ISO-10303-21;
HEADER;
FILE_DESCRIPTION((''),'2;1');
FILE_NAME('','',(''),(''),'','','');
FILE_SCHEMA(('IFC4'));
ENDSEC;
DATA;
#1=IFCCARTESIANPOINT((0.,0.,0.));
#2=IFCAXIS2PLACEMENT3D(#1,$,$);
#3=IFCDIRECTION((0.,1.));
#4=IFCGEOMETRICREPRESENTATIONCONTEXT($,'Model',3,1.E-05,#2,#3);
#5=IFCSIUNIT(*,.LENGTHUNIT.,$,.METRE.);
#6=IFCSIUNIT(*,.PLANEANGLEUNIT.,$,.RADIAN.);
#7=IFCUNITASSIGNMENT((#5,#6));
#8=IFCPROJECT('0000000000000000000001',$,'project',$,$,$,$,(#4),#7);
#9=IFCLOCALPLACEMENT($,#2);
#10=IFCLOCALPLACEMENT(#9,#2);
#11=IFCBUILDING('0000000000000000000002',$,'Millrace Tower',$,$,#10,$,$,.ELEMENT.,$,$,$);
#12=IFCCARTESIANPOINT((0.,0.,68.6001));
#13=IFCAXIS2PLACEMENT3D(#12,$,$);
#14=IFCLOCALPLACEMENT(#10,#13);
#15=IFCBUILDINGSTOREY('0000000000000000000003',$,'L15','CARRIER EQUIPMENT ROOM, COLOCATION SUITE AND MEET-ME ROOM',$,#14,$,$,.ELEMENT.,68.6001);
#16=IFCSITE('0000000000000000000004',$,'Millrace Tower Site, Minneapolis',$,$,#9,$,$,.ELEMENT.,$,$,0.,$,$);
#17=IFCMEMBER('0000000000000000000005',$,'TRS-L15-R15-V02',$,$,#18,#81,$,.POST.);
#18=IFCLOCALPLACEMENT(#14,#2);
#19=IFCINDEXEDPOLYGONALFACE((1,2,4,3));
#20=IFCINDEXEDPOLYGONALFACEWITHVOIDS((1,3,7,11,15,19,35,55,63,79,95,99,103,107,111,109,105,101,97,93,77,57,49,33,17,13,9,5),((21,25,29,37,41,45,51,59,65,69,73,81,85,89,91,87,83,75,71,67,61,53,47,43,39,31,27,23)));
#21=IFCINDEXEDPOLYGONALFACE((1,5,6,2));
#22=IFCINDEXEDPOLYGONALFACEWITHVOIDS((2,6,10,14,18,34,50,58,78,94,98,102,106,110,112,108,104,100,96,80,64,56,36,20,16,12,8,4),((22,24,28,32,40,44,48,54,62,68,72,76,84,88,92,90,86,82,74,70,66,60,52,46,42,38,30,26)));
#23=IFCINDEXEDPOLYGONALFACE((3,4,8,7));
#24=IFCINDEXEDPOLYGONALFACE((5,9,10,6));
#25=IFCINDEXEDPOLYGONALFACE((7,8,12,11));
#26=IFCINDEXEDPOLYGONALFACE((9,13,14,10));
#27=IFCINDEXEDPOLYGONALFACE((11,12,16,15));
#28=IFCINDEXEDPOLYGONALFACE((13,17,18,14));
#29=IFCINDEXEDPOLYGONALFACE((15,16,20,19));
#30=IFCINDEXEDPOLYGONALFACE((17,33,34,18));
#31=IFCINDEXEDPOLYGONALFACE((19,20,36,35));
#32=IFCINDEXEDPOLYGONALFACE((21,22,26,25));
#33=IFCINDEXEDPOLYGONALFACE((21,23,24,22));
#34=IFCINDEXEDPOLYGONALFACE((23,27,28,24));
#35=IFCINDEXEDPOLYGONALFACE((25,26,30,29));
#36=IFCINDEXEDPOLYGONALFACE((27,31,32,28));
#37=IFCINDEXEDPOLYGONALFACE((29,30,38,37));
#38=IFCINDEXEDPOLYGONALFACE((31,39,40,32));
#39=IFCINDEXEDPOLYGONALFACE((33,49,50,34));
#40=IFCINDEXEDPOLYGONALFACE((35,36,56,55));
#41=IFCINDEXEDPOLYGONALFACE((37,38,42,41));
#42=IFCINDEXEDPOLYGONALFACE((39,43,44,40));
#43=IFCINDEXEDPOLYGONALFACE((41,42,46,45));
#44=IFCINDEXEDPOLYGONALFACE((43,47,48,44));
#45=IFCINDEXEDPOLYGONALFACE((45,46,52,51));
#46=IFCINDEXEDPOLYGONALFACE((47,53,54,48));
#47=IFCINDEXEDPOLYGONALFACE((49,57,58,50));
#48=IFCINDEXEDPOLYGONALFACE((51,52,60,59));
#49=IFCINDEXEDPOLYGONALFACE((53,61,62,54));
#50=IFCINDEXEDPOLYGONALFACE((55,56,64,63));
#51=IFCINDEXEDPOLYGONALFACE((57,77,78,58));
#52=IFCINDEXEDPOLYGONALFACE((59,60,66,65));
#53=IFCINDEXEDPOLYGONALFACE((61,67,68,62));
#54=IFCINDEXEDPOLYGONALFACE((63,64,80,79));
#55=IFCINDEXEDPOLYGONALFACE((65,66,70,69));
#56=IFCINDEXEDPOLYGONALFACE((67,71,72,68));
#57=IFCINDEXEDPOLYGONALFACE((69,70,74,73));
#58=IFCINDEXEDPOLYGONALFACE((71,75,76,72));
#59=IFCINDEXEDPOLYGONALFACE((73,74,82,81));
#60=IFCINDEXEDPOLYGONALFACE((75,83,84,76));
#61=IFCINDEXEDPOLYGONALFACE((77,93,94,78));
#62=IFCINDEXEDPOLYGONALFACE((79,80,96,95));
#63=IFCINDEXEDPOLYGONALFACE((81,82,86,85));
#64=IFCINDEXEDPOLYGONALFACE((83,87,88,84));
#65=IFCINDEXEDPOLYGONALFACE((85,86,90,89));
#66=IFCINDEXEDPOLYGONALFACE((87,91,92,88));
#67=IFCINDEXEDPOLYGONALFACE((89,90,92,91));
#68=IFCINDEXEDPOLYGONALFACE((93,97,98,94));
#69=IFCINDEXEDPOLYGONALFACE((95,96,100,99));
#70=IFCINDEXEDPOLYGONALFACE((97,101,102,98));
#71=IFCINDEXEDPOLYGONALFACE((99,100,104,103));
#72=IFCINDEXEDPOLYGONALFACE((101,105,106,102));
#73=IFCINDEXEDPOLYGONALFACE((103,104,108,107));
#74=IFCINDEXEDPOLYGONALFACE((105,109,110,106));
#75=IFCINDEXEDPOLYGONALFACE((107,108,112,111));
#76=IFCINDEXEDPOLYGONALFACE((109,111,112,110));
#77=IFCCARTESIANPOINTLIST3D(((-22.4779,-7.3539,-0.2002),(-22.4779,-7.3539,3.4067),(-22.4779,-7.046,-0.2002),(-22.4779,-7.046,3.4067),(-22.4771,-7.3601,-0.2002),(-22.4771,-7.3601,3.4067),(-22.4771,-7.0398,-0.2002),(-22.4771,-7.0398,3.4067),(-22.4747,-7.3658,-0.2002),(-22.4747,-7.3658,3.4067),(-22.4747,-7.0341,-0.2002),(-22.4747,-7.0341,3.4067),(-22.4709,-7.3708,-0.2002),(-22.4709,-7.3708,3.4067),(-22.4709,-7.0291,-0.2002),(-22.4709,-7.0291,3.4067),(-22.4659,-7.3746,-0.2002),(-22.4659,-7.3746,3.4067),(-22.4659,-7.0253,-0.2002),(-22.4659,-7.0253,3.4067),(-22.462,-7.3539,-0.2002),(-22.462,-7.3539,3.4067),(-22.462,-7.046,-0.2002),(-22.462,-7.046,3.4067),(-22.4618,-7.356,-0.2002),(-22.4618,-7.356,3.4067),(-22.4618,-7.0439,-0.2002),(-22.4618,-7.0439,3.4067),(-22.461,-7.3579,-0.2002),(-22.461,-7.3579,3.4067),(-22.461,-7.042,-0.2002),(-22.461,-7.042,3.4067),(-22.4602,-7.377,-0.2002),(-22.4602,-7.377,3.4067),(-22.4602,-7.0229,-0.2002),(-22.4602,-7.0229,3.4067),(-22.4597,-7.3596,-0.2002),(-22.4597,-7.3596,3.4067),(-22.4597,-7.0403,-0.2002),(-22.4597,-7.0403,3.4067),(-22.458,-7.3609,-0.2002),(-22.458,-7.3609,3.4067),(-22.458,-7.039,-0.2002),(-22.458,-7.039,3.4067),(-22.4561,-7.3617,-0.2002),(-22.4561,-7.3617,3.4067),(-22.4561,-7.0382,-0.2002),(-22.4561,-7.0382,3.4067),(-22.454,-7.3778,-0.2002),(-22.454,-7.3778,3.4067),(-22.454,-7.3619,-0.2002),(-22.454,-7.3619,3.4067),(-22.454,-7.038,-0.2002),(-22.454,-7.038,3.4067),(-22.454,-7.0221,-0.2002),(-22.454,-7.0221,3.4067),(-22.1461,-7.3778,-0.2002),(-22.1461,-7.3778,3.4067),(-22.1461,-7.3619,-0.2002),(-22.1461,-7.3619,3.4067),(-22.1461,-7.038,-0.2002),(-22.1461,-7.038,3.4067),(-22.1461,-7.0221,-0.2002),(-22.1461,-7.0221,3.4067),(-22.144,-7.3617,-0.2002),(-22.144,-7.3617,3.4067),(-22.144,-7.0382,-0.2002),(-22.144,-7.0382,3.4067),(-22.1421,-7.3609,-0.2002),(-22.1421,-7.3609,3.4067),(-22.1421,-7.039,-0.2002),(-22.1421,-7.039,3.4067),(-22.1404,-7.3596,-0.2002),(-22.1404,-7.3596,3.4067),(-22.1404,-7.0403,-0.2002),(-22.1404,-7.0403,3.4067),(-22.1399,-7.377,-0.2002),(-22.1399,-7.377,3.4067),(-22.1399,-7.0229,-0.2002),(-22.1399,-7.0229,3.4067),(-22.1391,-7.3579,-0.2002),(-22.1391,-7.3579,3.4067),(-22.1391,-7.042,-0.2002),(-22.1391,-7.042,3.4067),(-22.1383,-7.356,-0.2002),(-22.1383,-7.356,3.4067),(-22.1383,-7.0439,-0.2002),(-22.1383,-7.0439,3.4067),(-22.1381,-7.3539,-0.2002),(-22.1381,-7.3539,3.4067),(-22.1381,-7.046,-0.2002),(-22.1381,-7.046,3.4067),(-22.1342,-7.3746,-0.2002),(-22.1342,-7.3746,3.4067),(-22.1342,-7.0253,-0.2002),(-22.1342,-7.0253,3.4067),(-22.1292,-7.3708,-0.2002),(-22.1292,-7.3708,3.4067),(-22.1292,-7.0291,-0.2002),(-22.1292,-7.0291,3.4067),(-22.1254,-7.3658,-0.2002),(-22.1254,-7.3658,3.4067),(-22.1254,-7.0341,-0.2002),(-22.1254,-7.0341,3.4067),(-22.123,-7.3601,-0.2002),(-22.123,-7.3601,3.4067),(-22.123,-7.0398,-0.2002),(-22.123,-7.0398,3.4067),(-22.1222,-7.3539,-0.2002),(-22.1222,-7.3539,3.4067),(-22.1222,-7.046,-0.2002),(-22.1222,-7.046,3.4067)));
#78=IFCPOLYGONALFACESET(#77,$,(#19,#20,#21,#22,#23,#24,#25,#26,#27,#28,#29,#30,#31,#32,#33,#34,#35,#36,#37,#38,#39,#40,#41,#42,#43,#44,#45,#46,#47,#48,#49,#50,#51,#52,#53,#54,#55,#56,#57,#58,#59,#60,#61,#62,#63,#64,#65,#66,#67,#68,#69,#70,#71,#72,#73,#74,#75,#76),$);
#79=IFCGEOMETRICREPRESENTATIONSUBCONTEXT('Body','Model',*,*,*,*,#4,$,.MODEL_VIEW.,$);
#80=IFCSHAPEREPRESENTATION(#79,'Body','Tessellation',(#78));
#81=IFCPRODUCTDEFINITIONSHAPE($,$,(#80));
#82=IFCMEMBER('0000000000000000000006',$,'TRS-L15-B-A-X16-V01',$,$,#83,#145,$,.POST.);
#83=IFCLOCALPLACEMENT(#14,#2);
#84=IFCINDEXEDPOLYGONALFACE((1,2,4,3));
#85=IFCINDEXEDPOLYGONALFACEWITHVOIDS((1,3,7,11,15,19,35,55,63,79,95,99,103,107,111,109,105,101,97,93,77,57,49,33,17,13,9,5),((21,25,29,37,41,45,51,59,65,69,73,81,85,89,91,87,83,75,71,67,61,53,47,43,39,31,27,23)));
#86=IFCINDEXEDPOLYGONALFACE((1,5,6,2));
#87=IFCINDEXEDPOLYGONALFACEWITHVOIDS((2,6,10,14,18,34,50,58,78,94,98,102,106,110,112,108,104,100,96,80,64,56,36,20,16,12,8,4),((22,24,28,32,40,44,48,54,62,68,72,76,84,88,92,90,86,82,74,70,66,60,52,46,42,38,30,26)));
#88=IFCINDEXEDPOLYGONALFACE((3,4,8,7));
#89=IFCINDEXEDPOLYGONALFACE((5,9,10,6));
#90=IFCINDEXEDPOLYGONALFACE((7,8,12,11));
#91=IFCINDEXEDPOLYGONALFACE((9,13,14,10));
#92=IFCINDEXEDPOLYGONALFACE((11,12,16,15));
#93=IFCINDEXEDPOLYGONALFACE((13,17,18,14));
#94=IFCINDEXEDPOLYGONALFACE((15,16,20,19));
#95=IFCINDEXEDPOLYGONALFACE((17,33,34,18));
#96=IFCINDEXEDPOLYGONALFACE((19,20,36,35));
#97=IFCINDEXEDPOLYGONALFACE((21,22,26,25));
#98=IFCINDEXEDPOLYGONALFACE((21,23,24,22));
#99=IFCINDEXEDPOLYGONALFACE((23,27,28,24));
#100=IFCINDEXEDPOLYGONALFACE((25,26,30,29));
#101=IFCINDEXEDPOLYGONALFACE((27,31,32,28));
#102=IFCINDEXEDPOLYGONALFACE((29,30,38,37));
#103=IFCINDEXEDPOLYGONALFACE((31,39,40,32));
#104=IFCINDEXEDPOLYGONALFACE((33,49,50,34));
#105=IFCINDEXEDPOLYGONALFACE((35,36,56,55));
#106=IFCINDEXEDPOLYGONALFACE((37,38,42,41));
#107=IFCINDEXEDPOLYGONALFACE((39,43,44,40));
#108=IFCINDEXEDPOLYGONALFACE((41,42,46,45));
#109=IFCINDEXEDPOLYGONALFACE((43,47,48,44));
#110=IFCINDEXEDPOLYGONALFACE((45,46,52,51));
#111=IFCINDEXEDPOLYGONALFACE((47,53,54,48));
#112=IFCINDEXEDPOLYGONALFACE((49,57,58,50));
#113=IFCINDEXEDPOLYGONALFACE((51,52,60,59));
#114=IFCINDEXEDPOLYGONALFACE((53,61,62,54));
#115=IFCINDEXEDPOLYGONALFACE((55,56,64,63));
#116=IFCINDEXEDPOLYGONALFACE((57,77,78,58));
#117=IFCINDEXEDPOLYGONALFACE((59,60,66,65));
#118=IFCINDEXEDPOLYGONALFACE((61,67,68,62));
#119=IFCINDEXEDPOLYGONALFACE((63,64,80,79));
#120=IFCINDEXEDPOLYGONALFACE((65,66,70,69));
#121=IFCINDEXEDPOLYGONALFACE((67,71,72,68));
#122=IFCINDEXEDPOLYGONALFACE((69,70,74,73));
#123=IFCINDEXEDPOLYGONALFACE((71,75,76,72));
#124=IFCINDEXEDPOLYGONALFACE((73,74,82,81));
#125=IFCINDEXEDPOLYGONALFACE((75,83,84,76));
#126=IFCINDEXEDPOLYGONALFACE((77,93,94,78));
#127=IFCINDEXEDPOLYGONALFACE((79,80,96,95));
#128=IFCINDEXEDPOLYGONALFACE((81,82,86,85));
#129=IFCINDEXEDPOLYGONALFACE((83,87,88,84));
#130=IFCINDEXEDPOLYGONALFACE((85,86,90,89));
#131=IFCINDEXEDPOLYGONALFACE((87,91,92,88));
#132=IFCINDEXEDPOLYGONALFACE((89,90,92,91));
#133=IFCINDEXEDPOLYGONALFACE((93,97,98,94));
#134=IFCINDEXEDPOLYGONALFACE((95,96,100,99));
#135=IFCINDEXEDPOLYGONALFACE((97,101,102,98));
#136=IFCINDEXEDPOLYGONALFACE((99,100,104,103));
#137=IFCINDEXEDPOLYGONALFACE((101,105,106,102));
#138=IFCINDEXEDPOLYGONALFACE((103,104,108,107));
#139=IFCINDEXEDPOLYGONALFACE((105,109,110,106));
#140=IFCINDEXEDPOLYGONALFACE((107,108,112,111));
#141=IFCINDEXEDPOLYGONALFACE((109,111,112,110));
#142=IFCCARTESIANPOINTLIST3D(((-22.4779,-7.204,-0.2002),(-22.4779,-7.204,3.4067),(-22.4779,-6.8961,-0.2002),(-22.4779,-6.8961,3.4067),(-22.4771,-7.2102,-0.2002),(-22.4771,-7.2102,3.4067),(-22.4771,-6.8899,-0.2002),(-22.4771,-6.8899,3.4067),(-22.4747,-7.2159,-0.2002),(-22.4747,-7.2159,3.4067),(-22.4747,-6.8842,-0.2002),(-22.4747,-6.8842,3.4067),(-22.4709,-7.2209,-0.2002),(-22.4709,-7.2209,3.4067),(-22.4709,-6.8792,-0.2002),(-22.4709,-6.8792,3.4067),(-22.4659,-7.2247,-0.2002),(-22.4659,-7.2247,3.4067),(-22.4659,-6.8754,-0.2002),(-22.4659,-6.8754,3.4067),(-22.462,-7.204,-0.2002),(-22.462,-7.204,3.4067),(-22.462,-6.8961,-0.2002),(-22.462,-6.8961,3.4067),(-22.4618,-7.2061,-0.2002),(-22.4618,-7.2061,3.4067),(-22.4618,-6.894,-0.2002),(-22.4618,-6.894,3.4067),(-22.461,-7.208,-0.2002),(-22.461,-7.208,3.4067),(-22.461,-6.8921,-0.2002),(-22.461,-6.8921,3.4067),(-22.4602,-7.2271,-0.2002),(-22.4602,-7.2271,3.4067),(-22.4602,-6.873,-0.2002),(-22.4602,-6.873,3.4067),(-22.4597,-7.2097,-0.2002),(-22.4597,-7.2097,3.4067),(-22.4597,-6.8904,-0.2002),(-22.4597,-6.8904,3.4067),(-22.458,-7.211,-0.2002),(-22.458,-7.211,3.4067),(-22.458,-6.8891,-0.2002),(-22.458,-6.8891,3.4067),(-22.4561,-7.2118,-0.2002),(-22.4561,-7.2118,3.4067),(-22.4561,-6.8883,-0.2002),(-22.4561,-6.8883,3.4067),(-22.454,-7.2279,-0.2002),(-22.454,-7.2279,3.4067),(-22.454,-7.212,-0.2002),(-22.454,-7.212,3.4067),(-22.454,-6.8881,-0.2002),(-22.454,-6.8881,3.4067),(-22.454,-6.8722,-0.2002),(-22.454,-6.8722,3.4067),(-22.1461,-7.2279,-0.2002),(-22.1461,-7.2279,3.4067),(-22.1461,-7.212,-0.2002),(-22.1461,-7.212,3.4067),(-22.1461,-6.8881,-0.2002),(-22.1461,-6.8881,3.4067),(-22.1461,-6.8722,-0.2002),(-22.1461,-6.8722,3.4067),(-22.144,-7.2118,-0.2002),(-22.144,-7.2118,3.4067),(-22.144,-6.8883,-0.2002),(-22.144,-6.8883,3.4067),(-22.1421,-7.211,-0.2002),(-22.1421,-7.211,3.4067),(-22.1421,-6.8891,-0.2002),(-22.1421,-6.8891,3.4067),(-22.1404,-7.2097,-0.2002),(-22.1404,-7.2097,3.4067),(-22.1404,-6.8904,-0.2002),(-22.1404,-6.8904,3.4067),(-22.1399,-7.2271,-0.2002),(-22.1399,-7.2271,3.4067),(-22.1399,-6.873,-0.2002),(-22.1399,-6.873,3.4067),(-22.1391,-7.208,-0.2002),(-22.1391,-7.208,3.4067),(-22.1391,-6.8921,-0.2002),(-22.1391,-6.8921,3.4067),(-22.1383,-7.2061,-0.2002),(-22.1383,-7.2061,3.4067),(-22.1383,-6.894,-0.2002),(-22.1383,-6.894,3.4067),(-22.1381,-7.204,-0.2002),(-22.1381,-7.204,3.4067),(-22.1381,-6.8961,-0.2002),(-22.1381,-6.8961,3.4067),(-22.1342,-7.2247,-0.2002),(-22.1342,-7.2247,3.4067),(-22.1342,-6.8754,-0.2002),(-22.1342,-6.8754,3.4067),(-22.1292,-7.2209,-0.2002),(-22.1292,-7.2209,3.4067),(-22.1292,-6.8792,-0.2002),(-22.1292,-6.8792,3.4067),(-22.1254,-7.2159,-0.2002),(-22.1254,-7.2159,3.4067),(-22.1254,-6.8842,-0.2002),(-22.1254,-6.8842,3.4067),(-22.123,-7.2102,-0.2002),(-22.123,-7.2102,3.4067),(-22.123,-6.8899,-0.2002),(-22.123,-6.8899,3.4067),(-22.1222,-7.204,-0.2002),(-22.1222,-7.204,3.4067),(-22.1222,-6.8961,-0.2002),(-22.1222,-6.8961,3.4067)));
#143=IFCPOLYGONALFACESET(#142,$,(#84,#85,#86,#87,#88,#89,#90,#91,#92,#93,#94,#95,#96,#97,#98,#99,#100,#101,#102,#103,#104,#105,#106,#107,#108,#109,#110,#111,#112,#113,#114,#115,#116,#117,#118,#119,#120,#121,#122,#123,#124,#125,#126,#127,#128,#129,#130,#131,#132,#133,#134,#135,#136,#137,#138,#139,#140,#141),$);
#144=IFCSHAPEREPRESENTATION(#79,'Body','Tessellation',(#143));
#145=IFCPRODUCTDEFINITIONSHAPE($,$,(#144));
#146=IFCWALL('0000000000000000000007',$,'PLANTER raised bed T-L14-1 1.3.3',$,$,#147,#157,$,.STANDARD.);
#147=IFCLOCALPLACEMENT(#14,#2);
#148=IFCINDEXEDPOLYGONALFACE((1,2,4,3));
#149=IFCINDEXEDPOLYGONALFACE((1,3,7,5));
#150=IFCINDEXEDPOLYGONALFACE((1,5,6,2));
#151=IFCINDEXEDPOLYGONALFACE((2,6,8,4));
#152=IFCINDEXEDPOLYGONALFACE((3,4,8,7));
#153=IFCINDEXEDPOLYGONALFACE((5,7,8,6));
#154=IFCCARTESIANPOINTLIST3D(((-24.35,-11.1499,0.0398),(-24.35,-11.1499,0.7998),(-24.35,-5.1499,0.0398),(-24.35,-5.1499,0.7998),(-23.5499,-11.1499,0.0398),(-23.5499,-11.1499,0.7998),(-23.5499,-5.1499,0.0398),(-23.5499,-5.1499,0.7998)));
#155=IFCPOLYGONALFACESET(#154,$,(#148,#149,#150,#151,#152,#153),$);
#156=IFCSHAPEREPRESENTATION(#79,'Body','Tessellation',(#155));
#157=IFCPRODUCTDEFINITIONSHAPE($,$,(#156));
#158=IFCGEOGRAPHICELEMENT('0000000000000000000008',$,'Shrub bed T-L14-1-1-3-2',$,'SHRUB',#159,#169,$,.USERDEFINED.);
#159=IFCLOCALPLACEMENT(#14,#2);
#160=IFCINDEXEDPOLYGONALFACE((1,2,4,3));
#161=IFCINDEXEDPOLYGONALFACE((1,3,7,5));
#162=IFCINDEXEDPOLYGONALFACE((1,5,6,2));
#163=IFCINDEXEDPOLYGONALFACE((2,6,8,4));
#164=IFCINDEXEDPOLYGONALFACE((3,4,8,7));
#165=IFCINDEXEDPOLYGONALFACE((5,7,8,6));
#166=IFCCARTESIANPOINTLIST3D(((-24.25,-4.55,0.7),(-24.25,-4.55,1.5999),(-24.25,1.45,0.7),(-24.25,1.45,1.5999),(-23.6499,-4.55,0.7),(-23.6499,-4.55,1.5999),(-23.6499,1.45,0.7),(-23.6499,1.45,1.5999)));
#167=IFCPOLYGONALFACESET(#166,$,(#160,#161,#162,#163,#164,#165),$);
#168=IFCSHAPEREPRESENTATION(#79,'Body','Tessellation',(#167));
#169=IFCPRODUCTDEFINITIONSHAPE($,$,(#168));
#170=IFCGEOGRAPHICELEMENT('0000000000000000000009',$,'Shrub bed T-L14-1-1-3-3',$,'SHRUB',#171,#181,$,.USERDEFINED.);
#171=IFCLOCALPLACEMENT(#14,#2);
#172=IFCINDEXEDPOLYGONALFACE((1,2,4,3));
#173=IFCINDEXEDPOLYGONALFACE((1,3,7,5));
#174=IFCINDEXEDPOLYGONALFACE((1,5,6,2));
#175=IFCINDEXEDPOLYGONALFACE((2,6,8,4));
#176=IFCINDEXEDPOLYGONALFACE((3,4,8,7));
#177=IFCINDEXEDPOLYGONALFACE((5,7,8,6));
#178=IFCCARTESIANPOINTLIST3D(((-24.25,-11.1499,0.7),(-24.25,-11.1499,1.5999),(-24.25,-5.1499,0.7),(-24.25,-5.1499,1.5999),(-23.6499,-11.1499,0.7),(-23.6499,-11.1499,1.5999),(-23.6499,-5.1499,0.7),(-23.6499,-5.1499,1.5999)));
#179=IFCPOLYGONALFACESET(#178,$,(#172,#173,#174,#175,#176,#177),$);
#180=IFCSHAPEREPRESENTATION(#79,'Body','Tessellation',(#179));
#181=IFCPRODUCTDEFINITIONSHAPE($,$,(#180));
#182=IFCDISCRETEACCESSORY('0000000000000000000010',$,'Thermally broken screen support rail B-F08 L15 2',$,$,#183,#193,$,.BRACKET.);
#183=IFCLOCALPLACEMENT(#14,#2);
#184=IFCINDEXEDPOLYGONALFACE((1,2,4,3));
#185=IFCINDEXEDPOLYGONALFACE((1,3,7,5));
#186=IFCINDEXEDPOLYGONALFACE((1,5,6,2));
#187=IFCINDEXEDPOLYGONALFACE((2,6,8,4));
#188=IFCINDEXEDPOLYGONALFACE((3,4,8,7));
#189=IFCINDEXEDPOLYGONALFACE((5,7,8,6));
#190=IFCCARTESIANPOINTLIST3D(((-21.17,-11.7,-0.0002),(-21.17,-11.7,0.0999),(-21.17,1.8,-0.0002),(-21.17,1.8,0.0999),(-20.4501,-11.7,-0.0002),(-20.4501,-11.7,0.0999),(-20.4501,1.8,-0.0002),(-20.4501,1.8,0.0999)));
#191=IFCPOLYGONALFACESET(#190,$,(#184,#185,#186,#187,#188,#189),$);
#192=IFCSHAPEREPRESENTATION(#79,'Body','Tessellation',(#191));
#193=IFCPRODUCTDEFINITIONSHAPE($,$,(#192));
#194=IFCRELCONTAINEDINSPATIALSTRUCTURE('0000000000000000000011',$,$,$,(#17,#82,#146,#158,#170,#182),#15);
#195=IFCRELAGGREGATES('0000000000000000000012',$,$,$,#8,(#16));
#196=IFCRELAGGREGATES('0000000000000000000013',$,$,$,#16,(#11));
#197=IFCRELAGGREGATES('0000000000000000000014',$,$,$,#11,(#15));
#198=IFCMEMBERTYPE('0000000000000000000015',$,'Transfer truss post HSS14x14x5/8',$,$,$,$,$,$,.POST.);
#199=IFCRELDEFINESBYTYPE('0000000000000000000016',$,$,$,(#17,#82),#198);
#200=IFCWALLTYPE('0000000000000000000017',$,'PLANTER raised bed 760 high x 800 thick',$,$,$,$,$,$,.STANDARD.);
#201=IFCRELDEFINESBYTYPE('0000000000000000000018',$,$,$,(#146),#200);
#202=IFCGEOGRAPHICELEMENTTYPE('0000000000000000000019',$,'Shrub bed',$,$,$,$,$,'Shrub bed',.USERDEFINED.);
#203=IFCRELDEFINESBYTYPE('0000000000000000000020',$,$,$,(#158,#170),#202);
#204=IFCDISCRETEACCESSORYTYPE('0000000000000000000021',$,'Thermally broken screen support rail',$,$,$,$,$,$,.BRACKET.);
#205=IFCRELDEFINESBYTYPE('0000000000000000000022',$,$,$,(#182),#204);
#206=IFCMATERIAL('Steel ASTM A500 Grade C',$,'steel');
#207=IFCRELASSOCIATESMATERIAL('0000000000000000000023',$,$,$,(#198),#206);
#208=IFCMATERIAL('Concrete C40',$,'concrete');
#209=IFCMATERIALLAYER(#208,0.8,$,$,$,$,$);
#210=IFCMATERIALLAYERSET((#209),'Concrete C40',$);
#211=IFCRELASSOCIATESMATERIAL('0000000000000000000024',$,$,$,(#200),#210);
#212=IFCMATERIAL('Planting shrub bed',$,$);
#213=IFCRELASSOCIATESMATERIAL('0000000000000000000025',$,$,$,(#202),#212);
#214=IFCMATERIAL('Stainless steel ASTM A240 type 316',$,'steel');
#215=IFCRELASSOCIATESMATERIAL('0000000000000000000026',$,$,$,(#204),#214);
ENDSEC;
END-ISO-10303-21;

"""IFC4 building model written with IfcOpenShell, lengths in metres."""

from ifc_helpers import new_model, si_unit, direction, frame, frame_2d, origin, origin_2d, place, context, subcontext, project, spatial, rectangle, hollow_rectangle, extrude, material, layer, layer_set, material_profile, profile_set, type_object, element, save


model = new_model("IFC4")

# Units and contexts
model_context = context("Model", 3, precision=1e-05, world=origin(), true_north=direction((0.0, 1.0)))
body_context = subcontext(model_context, "Body", "Model", "MODEL_VIEW")
ifc_project = project(units=[si_unit("LENGTHUNIT", "METRE"), si_unit("PLANEANGLEUNIT", "RADIAN")], contexts=[model_context])

# Site, building, storey
site_placement = place(None, origin())
site = spatial("IfcSite", under=ifc_project, at=site_placement, Name="Millrace Tower Site, Minneapolis", CompositionType="ELEMENT", RefElevation=0.0)
building_placement = place(site_placement, origin())
building = spatial("IfcBuilding", under=site, at=building_placement, Name="Millrace Tower", CompositionType="ELEMENT")
storey_placement = place(building_placement, frame((0.0, 0.0, 68.6001)))
storey = spatial("IfcBuildingStorey", under=building, at=storey_placement, Name="L15", Description="CARRIER EQUIPMENT ROOM, COLOCATION SUITE AND MEET-ME ROOM", CompositionType="ELEMENT", Elevation=68.6001)

# Members
ifc_material_1 = material(Name="Steel ASTM A500 Grade C", Category="steel")
ifc_material_profile_1 = material_profile(ifc_material_1, hollow_rectangle(XDim=0.3557, YDim=0.3557, WallThickness=0.0159, InnerFilletRadius=0.0081, OuterFilletRadius=0.0239, at=origin_2d()))
ifc_profile_set_1 = profile_set([ifc_material_profile_1], Name="Steel ASTM A500 Grade C")
member_type_1 = type_object("IfcMemberType", Name="Transfer truss post HSS14x14x5/8", PredefinedType="POST", material=ifc_profile_set_1)
for number, where, z_axis, x_axis, name in (
    (1, (-22.3, -7.2, -0.2002), (0.0, 0.0, 1.0), (1.0, 0.0, 0.0), "TRS-L15-R15-V02"),
    (2, (-22.3, -7.05, -0.2002), (0.0, 0.0, 1.0), (1.0, 0.0, 0.0), "TRS-L15-B-A-X16-V01"),
):
    element("IfcMember", number, at=place(storey_placement, frame(where, z_axis=z_axis, x_axis=x_axis)), inside=storey, type_object=member_type_1, Name=name, PredefinedType="POST", context=body_context, shape_type="SweptSolid", body=[
        extrude(hollow_rectangle(XDim=0.3557, YDim=0.3557, WallThickness=0.0159, InnerFilletRadius=0.0081, OuterFilletRadius=0.0239, at=origin_2d()), origin(), (0.0, 0.0, 1.0), 3.6069),
    ])

# Wall
ifc_material_2 = material(Name="Concrete C40", Category="concrete")
ifc_layer_1 = layer(ifc_material_2, 0.8)
ifc_layer_set_1 = layer_set([ifc_layer_1], Name="Concrete C40")
wall_type = type_object("IfcWallType", Name="PLANTER raised bed 760 high x 800 thick", PredefinedType="STANDARD", material=ifc_layer_set_1)
wall_placement = place(storey_placement, frame((-23.95, -5.1499, 0.0398), z_axis=(0.0, 0.0, 1.0), x_axis=(0.0, -1.0, 0.0)))
element("IfcWall", 3, at=wall_placement, inside=storey, type_object=wall_type, Name="PLANTER raised bed T-L14-1 1.3.3", PredefinedType="STANDARD", context=body_context, shape_type="SweptSolid", body=[
    extrude(rectangle(XDim=6.0, YDim=0.8, at=frame_2d((3.0, 0.0))), origin(), (0.0, 0.0, 1.0), 0.76),
])

# Geographic elements
ifc_material_3 = material(Name="Planting shrub bed")
geographic_element_type = type_object("IfcGeographicElementType", Name="Shrub bed", ElementType="Shrub bed", PredefinedType="USERDEFINED", material=ifc_material_3)
for number, where, z_axis, x_axis, name in (
    (4, (-23.95, -1.55, 0.7), (0.0, 0.0, 1.0), (0.0, -1.0, 0.0), "Shrub bed T-L14-1-1-3-2"),
    (5, (-23.95, -8.1499, 0.7), (0.0, 0.0, 1.0), (0.0, -1.0, 0.0), "Shrub bed T-L14-1-1-3-3"),
):
    element("IfcGeographicElement", number, at=place(storey_placement, frame(where, z_axis=z_axis, x_axis=x_axis)), inside=storey, type_object=geographic_element_type, Name=name, ObjectType="SHRUB", PredefinedType="USERDEFINED", context=body_context, shape_type="SweptSolid", body=[
        extrude(rectangle(XDim=6.0, YDim=0.6001, at=origin_2d()), origin(), (0.0, 0.0, 1.0), 0.8999),
    ])

# Discrete accessory
ifc_material_4 = material(Name="Stainless steel ASTM A240 type 316", Category="steel")
discrete_accessory_type_1 = type_object("IfcDiscreteAccessoryType", Name="Thermally broken screen support rail", PredefinedType="BRACKET", material=ifc_material_4)
discrete_accessory_1_placement = place(storey_placement, frame((-20.8101, -4.95, -0.0002), z_axis=(0.0, 0.0, 1.0), x_axis=(0.0, -1.0, 0.0)))
element("IfcDiscreteAccessory", 6, at=discrete_accessory_1_placement, inside=storey, type_object=discrete_accessory_type_1, Name="Thermally broken screen support rail B-F08 L15 2", PredefinedType="BRACKET", context=body_context, shape_type="SweptSolid", body=[
    extrude(rectangle(XDim=13.5, YDim=0.72, at=origin_2d()), origin(), (0.0, 0.0, 1.0), 0.1001),
])

save(model, "model.ifc")
